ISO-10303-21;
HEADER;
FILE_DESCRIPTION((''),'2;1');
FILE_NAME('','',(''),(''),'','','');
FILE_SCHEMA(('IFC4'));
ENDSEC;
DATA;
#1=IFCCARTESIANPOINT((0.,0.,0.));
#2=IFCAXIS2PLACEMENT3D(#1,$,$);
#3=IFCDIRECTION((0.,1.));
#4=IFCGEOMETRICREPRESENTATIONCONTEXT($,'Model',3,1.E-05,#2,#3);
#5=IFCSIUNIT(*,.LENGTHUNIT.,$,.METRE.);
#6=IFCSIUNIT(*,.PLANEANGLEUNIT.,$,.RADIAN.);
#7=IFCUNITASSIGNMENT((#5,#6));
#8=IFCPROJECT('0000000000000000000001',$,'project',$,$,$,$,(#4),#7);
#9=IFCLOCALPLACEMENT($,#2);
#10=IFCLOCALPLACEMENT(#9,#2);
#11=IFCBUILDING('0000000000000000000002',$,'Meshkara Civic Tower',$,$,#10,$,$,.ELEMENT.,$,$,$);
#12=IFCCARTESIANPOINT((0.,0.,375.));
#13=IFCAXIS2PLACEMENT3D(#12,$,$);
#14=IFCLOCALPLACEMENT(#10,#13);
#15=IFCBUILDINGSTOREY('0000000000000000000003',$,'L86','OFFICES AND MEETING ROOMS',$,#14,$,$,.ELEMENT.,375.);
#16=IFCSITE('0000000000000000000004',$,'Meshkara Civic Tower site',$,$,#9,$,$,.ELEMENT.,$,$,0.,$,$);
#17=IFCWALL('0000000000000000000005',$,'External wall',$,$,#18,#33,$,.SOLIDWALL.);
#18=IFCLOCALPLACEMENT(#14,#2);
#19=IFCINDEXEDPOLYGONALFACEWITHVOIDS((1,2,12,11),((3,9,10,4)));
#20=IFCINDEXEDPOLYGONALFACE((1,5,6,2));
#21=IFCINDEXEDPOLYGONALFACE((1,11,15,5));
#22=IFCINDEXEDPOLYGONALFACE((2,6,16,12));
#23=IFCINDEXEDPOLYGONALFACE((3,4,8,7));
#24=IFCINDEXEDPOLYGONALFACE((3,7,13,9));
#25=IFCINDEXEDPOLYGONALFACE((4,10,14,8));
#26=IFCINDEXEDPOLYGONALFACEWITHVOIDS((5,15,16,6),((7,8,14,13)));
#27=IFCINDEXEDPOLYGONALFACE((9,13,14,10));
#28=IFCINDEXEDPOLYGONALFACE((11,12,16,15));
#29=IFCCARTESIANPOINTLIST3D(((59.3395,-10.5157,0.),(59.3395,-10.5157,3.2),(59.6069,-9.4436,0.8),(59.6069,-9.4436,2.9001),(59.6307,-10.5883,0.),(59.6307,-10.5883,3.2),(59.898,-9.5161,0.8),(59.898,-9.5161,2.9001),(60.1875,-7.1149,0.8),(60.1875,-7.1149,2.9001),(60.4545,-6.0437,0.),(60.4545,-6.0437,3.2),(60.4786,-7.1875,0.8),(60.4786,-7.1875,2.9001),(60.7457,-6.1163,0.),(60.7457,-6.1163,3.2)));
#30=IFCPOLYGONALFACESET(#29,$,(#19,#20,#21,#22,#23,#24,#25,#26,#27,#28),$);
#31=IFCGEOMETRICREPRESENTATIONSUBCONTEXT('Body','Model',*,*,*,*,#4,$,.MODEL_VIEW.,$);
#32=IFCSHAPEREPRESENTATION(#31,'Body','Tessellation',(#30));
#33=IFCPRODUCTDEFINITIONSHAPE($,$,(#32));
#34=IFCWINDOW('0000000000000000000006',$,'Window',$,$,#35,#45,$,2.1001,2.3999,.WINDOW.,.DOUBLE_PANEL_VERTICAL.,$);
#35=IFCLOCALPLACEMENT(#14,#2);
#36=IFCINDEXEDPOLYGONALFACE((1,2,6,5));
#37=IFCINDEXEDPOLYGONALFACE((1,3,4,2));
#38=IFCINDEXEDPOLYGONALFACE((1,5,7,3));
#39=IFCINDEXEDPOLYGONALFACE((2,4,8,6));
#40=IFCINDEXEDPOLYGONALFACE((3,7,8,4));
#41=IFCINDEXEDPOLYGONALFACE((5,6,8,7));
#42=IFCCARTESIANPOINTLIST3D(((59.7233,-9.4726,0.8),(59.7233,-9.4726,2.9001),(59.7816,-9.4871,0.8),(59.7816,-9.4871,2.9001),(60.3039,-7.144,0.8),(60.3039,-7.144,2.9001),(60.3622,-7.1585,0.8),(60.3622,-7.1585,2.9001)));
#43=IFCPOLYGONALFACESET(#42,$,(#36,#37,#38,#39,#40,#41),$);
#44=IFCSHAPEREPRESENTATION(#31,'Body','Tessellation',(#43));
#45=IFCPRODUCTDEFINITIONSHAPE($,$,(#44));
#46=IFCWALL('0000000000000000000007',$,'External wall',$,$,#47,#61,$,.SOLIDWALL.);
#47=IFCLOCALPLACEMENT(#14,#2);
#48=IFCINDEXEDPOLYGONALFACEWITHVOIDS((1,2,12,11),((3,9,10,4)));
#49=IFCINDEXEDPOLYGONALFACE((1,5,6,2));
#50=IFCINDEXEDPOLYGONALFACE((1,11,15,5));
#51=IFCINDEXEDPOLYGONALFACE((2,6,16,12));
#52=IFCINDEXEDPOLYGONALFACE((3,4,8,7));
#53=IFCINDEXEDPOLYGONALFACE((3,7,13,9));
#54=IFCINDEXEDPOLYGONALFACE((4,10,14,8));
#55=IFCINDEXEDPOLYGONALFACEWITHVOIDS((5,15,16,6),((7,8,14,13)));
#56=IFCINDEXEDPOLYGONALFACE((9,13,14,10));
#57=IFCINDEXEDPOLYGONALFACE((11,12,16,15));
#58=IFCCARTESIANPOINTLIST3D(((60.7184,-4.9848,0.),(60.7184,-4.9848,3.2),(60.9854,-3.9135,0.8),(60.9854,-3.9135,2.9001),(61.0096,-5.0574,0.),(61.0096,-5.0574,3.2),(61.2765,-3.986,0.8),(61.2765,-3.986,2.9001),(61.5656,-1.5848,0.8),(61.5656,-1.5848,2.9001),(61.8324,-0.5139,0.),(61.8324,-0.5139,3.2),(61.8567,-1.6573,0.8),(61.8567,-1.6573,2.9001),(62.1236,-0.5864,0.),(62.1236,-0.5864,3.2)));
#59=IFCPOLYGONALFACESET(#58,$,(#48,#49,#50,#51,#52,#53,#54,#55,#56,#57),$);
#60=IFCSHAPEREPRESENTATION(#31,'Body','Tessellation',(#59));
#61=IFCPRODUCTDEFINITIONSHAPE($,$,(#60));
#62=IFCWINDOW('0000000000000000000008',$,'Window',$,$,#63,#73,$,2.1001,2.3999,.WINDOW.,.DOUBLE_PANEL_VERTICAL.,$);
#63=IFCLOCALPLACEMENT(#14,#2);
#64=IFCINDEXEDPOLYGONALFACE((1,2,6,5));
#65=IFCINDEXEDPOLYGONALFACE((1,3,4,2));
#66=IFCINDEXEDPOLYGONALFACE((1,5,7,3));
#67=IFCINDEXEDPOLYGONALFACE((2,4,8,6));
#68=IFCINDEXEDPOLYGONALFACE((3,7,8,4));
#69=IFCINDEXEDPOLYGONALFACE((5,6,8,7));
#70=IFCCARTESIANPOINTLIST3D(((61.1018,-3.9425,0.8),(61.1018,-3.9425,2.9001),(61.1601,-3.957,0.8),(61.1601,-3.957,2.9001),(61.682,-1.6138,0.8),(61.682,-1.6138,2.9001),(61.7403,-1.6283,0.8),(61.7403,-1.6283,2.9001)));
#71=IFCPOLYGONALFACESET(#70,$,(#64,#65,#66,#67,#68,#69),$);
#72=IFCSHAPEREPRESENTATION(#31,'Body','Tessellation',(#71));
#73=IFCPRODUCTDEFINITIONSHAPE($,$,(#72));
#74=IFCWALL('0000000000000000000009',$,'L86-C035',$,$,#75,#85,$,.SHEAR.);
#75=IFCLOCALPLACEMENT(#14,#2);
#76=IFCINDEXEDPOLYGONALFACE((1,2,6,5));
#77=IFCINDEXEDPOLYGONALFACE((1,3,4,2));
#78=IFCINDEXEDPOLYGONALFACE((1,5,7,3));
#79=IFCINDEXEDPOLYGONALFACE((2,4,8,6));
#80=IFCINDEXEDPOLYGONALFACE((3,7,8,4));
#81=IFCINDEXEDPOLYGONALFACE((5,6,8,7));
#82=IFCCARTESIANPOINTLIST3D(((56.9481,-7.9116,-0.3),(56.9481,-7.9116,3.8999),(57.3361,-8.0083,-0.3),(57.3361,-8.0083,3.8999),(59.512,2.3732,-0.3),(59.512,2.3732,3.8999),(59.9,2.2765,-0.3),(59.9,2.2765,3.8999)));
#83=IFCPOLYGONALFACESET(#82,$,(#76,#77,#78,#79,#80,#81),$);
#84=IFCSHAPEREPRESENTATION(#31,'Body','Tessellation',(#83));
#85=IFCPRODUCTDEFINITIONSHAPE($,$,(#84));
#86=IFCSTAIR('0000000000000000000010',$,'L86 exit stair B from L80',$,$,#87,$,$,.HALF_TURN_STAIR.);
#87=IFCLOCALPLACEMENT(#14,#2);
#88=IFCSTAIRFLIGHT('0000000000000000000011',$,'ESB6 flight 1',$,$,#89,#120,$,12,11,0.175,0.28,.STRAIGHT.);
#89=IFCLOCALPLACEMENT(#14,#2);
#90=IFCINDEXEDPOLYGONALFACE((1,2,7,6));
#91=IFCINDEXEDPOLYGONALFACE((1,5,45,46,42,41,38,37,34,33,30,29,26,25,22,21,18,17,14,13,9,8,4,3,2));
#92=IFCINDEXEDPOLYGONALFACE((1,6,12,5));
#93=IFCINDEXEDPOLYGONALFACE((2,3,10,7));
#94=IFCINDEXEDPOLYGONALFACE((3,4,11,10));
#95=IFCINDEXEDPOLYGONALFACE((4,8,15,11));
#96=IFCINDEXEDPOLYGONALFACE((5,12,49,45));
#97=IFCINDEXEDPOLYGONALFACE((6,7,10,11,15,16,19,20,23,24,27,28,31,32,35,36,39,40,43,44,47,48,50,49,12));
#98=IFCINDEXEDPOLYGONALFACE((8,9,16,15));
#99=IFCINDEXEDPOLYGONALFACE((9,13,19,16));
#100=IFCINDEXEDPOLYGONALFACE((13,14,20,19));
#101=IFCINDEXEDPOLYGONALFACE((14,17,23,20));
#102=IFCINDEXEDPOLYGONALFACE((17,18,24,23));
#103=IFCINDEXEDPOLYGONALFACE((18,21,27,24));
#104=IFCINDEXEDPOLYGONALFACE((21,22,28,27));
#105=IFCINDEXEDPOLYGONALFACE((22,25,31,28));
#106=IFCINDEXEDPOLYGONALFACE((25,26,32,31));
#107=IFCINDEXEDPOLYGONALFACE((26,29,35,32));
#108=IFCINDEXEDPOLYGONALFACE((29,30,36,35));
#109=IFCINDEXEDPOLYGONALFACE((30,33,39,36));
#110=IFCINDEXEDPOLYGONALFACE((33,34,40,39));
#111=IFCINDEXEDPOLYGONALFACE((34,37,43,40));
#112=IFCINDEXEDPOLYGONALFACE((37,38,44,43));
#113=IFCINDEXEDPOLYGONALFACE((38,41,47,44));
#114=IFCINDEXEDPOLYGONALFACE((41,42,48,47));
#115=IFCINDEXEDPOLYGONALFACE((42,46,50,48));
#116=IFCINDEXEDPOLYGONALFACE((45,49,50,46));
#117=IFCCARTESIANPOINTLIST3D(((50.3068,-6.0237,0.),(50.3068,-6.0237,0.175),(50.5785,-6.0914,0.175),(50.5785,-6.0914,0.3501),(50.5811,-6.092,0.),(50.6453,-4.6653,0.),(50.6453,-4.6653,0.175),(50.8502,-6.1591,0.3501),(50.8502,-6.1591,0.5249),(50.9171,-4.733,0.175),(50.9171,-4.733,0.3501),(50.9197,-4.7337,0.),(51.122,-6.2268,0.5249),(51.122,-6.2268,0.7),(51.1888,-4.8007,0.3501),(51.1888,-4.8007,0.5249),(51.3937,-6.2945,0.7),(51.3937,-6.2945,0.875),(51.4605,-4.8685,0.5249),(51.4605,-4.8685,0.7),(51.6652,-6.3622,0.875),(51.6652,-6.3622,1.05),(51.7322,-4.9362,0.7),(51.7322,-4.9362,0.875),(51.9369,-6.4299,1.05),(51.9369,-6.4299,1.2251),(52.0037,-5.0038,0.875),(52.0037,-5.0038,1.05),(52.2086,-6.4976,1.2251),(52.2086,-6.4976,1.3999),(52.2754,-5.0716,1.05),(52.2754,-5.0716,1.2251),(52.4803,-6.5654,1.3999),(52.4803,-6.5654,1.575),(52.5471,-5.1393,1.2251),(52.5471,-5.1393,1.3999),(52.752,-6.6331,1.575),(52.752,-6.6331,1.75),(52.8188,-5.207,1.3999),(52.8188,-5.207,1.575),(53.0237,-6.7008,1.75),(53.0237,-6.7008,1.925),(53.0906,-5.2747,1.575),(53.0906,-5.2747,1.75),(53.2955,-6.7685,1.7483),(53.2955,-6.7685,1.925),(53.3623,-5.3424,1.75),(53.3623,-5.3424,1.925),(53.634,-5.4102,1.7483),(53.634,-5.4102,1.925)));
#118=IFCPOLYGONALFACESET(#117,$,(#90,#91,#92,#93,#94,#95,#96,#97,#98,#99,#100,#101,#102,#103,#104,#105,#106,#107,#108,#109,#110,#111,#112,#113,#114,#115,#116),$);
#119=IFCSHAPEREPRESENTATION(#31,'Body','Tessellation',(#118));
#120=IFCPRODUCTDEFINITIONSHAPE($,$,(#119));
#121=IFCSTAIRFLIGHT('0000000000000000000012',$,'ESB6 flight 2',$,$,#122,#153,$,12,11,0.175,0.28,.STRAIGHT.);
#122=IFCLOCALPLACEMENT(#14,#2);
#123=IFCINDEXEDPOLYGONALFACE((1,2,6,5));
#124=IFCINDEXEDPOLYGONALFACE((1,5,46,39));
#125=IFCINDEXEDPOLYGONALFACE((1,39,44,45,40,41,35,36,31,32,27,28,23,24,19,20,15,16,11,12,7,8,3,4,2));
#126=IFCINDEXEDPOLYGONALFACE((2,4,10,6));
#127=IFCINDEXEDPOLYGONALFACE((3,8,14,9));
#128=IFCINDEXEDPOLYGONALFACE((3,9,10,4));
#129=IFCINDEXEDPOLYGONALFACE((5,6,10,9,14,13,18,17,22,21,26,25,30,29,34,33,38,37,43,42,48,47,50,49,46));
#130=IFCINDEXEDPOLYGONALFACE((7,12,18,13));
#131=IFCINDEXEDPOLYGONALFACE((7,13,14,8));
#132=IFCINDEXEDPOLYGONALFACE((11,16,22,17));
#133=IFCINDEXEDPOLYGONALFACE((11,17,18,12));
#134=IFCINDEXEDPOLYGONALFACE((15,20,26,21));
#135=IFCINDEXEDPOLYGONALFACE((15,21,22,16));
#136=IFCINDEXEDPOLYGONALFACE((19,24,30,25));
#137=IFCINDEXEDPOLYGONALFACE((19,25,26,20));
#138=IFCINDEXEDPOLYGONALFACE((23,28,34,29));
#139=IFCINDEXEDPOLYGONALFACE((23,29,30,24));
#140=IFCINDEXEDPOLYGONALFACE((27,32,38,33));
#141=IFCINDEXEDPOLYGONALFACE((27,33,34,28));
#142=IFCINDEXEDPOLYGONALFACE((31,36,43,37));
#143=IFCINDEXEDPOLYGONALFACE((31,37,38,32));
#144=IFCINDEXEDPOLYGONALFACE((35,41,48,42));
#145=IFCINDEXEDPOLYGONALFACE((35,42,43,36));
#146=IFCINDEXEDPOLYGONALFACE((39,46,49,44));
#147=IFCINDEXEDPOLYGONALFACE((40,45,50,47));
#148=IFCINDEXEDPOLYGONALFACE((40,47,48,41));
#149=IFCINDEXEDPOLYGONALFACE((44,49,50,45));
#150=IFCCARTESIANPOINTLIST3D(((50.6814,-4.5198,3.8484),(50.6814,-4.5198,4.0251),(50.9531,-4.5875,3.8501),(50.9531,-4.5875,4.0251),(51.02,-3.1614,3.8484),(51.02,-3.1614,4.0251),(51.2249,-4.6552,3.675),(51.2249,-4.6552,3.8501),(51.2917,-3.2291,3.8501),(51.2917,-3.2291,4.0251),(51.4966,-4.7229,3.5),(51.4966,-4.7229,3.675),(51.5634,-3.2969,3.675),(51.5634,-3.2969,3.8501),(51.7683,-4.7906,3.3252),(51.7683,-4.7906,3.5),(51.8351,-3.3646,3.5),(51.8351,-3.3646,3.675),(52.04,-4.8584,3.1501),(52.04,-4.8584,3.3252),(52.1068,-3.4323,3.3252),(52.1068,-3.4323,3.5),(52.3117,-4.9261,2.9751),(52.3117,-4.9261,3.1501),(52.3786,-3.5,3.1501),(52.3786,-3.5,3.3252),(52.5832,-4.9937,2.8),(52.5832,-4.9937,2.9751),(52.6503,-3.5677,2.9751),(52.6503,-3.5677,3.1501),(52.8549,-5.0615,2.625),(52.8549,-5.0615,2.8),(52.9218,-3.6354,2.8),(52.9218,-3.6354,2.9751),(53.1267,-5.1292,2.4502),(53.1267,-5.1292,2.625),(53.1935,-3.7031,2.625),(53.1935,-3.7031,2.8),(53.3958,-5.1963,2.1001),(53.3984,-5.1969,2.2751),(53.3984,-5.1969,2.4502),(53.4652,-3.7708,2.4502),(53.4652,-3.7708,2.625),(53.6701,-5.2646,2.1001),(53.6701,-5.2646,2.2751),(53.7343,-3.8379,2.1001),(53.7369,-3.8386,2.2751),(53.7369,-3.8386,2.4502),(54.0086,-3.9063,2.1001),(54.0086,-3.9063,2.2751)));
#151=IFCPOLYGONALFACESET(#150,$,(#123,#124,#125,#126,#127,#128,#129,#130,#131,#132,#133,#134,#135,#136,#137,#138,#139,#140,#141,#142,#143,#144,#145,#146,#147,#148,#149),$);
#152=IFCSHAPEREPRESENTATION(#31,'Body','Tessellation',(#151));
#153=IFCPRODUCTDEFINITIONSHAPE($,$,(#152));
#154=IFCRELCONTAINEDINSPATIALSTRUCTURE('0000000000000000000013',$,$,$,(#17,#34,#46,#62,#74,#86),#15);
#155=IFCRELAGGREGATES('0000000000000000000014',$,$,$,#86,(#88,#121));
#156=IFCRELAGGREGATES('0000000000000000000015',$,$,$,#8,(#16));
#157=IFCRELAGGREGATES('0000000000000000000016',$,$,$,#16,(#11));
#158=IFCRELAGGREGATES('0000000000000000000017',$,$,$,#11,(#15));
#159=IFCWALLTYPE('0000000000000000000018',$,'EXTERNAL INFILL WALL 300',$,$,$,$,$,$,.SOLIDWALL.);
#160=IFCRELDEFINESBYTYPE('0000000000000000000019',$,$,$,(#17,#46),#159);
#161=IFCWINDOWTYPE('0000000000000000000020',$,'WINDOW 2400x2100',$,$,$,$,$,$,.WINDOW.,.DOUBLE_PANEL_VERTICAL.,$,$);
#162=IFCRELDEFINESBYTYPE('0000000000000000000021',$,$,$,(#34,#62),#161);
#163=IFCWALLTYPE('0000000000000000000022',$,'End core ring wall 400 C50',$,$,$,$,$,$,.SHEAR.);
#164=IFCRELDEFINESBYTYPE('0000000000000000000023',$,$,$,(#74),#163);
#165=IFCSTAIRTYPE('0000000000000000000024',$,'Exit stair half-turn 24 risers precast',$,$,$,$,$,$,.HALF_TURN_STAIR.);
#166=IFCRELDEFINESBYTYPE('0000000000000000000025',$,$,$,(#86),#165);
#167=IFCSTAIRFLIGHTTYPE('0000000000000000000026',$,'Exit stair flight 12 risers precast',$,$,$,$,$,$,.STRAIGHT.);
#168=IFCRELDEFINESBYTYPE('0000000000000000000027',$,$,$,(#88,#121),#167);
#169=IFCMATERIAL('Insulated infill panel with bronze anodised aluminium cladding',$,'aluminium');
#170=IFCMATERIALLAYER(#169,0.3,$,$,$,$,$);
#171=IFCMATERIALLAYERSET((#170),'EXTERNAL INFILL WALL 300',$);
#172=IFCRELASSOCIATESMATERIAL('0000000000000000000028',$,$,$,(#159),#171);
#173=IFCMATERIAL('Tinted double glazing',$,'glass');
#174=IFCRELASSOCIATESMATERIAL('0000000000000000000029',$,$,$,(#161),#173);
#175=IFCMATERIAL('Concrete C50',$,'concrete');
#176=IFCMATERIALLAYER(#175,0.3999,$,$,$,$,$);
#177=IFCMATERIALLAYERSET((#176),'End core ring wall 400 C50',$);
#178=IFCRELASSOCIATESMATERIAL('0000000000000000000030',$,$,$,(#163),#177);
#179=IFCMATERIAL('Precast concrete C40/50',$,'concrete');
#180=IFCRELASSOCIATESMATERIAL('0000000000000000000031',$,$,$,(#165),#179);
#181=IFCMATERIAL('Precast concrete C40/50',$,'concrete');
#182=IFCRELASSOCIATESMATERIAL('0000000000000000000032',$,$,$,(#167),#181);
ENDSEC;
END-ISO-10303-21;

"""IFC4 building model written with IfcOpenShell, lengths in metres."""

from ifc_helpers import new_model, si_unit, direction, frame, frame_2d, origin, place, context, subcontext, project, spatial, polyline, rectangle, outline, extrude, material, layer, layer_set, type_object, element, fill, aggregate, save


model = new_model("IFC4")

# Units and contexts
model_context = context("Model", 3, precision=1e-05, world=origin(), true_north=direction((0.0, 1.0)))
body_context = subcontext(model_context, "Body", "Model", "MODEL_VIEW")
ifc_project = project(units=[si_unit("LENGTHUNIT", "METRE"), si_unit("PLANEANGLEUNIT", "RADIAN")], contexts=[model_context])

# Site, building, storey
site_placement = place(None, origin())
site = spatial("IfcSite", under=ifc_project, at=site_placement, Name="Meshkara Civic Tower site", CompositionType="ELEMENT", RefElevation=0.0)
building_placement = place(site_placement, origin())
building = spatial("IfcBuilding", under=site, at=building_placement, Name="Meshkara Civic Tower", CompositionType="ELEMENT")
storey_placement = place(building_placement, frame((0.0, 0.0, 375.0)))
storey = spatial("IfcBuildingStorey", under=building, at=storey_placement, Name="L86", Description="OFFICES AND MEETING ROOMS", CompositionType="ELEMENT", Elevation=375.0)

# Walls, openings, windows
ifc_material_1 = material(Name="Insulated infill panel with bronze anodised aluminium cladding", Category="aluminium")
ifc_layer_1 = layer(ifc_material_1, 0.3)
ifc_layer_set_1 = layer_set([ifc_layer_1], Name="EXTERNAL INFILL WALL 300")
wall_type_1 = type_object("IfcWallType", Name="EXTERNAL INFILL WALL 300", PredefinedType="SOLIDWALL", material=ifc_layer_set_1)
ifc_material_2 = material(Name="Tinted double glazing", Category="glass")
window_type = type_object("IfcWindowType", Name="WINDOW 2400x2100", PartitioningType="DOUBLE_PANEL_VERTICAL", PredefinedType="WINDOW", material=ifc_material_2)
wall_1_placement = place(storey_placement, frame((59.4851, -10.552, 0.0), z_axis=(0.0, 0.0, 1.0), x_axis=(0.241925, 0.970295, 0.0)))
wall_1 = element("IfcWall", 1, at=wall_1_placement, inside=storey, type_object=wall_type_1, Name="External wall", PredefinedType="SOLIDWALL", context=body_context, shape_type="SweptSolid", body=[
    extrude(rectangle(XDim=4.6089, YDim=0.3, at=frame_2d((2.3044, 0.0))), origin(), (0.0, 0.0, 1.0), 3.2),
])
opening_1_placement = place(wall_1_placement, frame((1.105, 0.0, 0.8)))
opening_1 = element("IfcOpeningElement", 2, at=opening_1_placement, cuts=wall_1, PredefinedType="OPENING", context=body_context, shape_type="SweptSolid", body=[
    extrude(rectangle(XDim=2.3999, YDim=2.1001, at=frame_2d((1.2, 1.05))), frame((0.0, 0.1599, 0.0), z_axis=(0.0, -1.0, 0.0), x_axis=(1.0, 0.0, 0.0)), (0.0, 0.0, 1.0), 0.3201),
])
window_1_placement = place(opening_1_placement, origin())
window_1 = element("IfcWindow", 3, at=window_1_placement, inside=storey, type_object=window_type, Name="Window", OverallHeight=2.1001, OverallWidth=2.3999, PartitioningType="DOUBLE_PANEL_VERTICAL", PredefinedType="WINDOW", context=body_context, shape_type="SweptSolid", body=[
    extrude(rectangle(XDim=2.3999, YDim=2.1001, at=frame_2d((1.2, 1.05))), frame((0.0, 0.03, 0.0), z_axis=(0.0, -1.0, 0.0), x_axis=(1.0, 0.0, 0.0)), (0.0, 0.0, 1.0), 0.0601),
])
fill(opening_1, window_1)
wall_2_placement = place(storey_placement, frame((60.864, -5.021, 0.0), z_axis=(0.0, 0.0, 1.0), x_axis=(0.241775, 0.970332, 0.0)))
wall_2 = element("IfcWall", 4, at=wall_2_placement, inside=storey, type_object=wall_type_1, Name="External wall", PredefinedType="SOLIDWALL", context=body_context, shape_type="SweptSolid", body=[
    extrude(rectangle(XDim=4.6077, YDim=0.3, at=frame_2d((2.3037, 0.0))), origin(), (0.0, 0.0, 1.0), 3.2),
])
opening_2_placement = place(wall_2_placement, frame((1.104, 0.0, 0.8)))
opening_2 = element("IfcOpeningElement", 5, at=opening_2_placement, cuts=wall_2, PredefinedType="OPENING", context=body_context, shape_type="SweptSolid", body=[
    extrude(rectangle(XDim=2.3999, YDim=2.1001, at=frame_2d((1.2, 1.05))), frame((0.0, 0.1599, 0.0), z_axis=(0.0, -1.0, 0.0), x_axis=(1.0, 0.0, 0.0)), (0.0, 0.0, 1.0), 0.3201),
])
window_2_placement = place(opening_2_placement, origin())
window_2 = element("IfcWindow", 6, at=window_2_placement, inside=storey, type_object=window_type, Name="Window", OverallHeight=2.1001, OverallWidth=2.3999, PartitioningType="DOUBLE_PANEL_VERTICAL", PredefinedType="WINDOW", context=body_context, shape_type="SweptSolid", body=[
    extrude(rectangle(XDim=2.3999, YDim=2.1001, at=frame_2d((1.2, 1.05))), frame((0.0, 0.03, 0.0), z_axis=(0.0, -1.0, 0.0), x_axis=(1.0, 0.0, 0.0)), (0.0, 0.0, 1.0), 0.0601),
])
fill(opening_2, window_2)

# Wall
ifc_material_3 = material(Name="Concrete C50", Category="concrete")
ifc_layer_2 = layer(ifc_material_3, 0.3999)
ifc_layer_set_2 = layer_set([ifc_layer_2], Name="End core ring wall 400 C50")
wall_type_2 = type_object("IfcWallType", Name="End core ring wall 400 C50", PredefinedType="SHEAR", material=ifc_layer_set_2)
wall_3_placement = place(storey_placement, frame((57.1421, -7.96, -0.3), z_axis=(0.0, 0.0, 1.0), x_axis=(0.241891, 0.970304, 0.0)))
element("IfcWall", 7, at=wall_3_placement, inside=storey, type_object=wall_type_2, Name="L86-C035", PredefinedType="SHEAR", context=body_context, shape_type="SweptSolid", body=[
    extrude(rectangle(XDim=10.5996, YDim=0.3999, at=frame_2d((5.2998, 0.0))), origin(), (0.0, 0.0, 1.0), 4.2),
])

# Stair, stair flights
ifc_material_4 = material(Name="Precast concrete C40/50", Category="concrete")
stair_type = type_object("IfcStairType", Name="Exit stair half-turn 24 risers precast", PredefinedType="HALF_TURN_STAIR", material=ifc_material_4)
stair_placement = place(storey_placement, origin())
stair = element("IfcStair", 8, at=stair_placement, inside=storey, type_object=stair_type, Name="L86 exit stair B from L80", PredefinedType="HALF_TURN_STAIR")
ifc_material_5 = material(Name="Precast concrete C40/50", Category="concrete")
stair_flight_type = type_object("IfcStairFlightType", Name="Exit stair flight 12 risers precast", PredefinedType="STRAIGHT", material=ifc_material_5)
stair_flight_1_placement = place(storey_placement, frame((50.4761, -5.3445, 0.0), z_axis=(0.0, 0.0, 1.0), x_axis=(0.970319, -0.24183, 0.0)))
stair_flight_1 = element("IfcStairFlight", 9, at=stair_flight_1_placement, type_object=stair_flight_type, Name="ESB6 flight 1", NumberOfRisers=12, NumberOfTreads=11, PredefinedType="STRAIGHT", RiserHeight=0.175, TreadLength=0.28, context=body_context, shape_type="SweptSolid", body=[
    extrude(outline(polyline([(0.0, 0.0), (0.0, 0.175), (0.28, 0.175), (0.28, 0.3501), (0.5601, 0.3501), (0.5601, 0.5249), (0.8401, 0.5249), (0.8401, 0.7), (1.1201, 0.7), (1.1201, 0.875), (1.3999, 0.875), (1.3999, 1.05), (1.6799, 1.05), (1.6799, 1.2251), (1.96, 1.2251), (1.96, 1.3999), (2.24, 1.3999), (2.24, 1.575), (2.52, 1.575), (2.52, 1.75), (2.8, 1.75), (2.8, 1.925), (3.0801, 1.925), (3.0801, 2.1001), (3.0801, 1.7483), (0.2827, 0.0), (0.0, 0.0)])), frame((0.0, 0.7, 0.0), z_axis=(0.0, -1.0, 0.0), x_axis=(1.0, 0.0, 0.0)), (0.0, 0.0, 1.0), 1.3999),
])
stair_flight_2_placement = place(storey_placement, frame((53.8394, -4.5854, 2.1001), z_axis=(0.0, 0.0, 1.0), x_axis=(-0.970319, 0.24183, 0.0)))
stair_flight_2 = element("IfcStairFlight", 10, at=stair_flight_2_placement, type_object=stair_flight_type, Name="ESB6 flight 2", NumberOfRisers=12, NumberOfTreads=11, PredefinedType="STRAIGHT", RiserHeight=0.175, TreadLength=0.28, context=body_context, shape_type="SweptSolid", body=[
    extrude(outline(polyline([(0.0, 0.0), (0.0, 0.175), (0.28, 0.175), (0.28, 0.3501), (0.5601, 0.3501), (0.5601, 0.5249), (0.8401, 0.5249), (0.8401, 0.7), (1.1201, 0.7), (1.1201, 0.875), (1.3999, 0.875), (1.3999, 1.05), (1.6799, 1.05), (1.6799, 1.2251), (1.96, 1.2251), (1.96, 1.3999), (2.24, 1.3999), (2.24, 1.575), (2.52, 1.575), (2.52, 1.75), (2.8, 1.75), (2.8, 1.925), (3.0801, 1.925), (3.0801, 2.1001), (3.0801, 1.7483), (0.2827, 0.0), (0.0, 0.0)])), frame((0.0, 0.7, 0.0), z_axis=(0.0, -1.0, 0.0), x_axis=(1.0, 0.0, 0.0)), (0.0, 0.0, 1.0), 1.3999),
])
aggregate(stair, [stair_flight_1, stair_flight_2])

save(model, "model.ifc")
